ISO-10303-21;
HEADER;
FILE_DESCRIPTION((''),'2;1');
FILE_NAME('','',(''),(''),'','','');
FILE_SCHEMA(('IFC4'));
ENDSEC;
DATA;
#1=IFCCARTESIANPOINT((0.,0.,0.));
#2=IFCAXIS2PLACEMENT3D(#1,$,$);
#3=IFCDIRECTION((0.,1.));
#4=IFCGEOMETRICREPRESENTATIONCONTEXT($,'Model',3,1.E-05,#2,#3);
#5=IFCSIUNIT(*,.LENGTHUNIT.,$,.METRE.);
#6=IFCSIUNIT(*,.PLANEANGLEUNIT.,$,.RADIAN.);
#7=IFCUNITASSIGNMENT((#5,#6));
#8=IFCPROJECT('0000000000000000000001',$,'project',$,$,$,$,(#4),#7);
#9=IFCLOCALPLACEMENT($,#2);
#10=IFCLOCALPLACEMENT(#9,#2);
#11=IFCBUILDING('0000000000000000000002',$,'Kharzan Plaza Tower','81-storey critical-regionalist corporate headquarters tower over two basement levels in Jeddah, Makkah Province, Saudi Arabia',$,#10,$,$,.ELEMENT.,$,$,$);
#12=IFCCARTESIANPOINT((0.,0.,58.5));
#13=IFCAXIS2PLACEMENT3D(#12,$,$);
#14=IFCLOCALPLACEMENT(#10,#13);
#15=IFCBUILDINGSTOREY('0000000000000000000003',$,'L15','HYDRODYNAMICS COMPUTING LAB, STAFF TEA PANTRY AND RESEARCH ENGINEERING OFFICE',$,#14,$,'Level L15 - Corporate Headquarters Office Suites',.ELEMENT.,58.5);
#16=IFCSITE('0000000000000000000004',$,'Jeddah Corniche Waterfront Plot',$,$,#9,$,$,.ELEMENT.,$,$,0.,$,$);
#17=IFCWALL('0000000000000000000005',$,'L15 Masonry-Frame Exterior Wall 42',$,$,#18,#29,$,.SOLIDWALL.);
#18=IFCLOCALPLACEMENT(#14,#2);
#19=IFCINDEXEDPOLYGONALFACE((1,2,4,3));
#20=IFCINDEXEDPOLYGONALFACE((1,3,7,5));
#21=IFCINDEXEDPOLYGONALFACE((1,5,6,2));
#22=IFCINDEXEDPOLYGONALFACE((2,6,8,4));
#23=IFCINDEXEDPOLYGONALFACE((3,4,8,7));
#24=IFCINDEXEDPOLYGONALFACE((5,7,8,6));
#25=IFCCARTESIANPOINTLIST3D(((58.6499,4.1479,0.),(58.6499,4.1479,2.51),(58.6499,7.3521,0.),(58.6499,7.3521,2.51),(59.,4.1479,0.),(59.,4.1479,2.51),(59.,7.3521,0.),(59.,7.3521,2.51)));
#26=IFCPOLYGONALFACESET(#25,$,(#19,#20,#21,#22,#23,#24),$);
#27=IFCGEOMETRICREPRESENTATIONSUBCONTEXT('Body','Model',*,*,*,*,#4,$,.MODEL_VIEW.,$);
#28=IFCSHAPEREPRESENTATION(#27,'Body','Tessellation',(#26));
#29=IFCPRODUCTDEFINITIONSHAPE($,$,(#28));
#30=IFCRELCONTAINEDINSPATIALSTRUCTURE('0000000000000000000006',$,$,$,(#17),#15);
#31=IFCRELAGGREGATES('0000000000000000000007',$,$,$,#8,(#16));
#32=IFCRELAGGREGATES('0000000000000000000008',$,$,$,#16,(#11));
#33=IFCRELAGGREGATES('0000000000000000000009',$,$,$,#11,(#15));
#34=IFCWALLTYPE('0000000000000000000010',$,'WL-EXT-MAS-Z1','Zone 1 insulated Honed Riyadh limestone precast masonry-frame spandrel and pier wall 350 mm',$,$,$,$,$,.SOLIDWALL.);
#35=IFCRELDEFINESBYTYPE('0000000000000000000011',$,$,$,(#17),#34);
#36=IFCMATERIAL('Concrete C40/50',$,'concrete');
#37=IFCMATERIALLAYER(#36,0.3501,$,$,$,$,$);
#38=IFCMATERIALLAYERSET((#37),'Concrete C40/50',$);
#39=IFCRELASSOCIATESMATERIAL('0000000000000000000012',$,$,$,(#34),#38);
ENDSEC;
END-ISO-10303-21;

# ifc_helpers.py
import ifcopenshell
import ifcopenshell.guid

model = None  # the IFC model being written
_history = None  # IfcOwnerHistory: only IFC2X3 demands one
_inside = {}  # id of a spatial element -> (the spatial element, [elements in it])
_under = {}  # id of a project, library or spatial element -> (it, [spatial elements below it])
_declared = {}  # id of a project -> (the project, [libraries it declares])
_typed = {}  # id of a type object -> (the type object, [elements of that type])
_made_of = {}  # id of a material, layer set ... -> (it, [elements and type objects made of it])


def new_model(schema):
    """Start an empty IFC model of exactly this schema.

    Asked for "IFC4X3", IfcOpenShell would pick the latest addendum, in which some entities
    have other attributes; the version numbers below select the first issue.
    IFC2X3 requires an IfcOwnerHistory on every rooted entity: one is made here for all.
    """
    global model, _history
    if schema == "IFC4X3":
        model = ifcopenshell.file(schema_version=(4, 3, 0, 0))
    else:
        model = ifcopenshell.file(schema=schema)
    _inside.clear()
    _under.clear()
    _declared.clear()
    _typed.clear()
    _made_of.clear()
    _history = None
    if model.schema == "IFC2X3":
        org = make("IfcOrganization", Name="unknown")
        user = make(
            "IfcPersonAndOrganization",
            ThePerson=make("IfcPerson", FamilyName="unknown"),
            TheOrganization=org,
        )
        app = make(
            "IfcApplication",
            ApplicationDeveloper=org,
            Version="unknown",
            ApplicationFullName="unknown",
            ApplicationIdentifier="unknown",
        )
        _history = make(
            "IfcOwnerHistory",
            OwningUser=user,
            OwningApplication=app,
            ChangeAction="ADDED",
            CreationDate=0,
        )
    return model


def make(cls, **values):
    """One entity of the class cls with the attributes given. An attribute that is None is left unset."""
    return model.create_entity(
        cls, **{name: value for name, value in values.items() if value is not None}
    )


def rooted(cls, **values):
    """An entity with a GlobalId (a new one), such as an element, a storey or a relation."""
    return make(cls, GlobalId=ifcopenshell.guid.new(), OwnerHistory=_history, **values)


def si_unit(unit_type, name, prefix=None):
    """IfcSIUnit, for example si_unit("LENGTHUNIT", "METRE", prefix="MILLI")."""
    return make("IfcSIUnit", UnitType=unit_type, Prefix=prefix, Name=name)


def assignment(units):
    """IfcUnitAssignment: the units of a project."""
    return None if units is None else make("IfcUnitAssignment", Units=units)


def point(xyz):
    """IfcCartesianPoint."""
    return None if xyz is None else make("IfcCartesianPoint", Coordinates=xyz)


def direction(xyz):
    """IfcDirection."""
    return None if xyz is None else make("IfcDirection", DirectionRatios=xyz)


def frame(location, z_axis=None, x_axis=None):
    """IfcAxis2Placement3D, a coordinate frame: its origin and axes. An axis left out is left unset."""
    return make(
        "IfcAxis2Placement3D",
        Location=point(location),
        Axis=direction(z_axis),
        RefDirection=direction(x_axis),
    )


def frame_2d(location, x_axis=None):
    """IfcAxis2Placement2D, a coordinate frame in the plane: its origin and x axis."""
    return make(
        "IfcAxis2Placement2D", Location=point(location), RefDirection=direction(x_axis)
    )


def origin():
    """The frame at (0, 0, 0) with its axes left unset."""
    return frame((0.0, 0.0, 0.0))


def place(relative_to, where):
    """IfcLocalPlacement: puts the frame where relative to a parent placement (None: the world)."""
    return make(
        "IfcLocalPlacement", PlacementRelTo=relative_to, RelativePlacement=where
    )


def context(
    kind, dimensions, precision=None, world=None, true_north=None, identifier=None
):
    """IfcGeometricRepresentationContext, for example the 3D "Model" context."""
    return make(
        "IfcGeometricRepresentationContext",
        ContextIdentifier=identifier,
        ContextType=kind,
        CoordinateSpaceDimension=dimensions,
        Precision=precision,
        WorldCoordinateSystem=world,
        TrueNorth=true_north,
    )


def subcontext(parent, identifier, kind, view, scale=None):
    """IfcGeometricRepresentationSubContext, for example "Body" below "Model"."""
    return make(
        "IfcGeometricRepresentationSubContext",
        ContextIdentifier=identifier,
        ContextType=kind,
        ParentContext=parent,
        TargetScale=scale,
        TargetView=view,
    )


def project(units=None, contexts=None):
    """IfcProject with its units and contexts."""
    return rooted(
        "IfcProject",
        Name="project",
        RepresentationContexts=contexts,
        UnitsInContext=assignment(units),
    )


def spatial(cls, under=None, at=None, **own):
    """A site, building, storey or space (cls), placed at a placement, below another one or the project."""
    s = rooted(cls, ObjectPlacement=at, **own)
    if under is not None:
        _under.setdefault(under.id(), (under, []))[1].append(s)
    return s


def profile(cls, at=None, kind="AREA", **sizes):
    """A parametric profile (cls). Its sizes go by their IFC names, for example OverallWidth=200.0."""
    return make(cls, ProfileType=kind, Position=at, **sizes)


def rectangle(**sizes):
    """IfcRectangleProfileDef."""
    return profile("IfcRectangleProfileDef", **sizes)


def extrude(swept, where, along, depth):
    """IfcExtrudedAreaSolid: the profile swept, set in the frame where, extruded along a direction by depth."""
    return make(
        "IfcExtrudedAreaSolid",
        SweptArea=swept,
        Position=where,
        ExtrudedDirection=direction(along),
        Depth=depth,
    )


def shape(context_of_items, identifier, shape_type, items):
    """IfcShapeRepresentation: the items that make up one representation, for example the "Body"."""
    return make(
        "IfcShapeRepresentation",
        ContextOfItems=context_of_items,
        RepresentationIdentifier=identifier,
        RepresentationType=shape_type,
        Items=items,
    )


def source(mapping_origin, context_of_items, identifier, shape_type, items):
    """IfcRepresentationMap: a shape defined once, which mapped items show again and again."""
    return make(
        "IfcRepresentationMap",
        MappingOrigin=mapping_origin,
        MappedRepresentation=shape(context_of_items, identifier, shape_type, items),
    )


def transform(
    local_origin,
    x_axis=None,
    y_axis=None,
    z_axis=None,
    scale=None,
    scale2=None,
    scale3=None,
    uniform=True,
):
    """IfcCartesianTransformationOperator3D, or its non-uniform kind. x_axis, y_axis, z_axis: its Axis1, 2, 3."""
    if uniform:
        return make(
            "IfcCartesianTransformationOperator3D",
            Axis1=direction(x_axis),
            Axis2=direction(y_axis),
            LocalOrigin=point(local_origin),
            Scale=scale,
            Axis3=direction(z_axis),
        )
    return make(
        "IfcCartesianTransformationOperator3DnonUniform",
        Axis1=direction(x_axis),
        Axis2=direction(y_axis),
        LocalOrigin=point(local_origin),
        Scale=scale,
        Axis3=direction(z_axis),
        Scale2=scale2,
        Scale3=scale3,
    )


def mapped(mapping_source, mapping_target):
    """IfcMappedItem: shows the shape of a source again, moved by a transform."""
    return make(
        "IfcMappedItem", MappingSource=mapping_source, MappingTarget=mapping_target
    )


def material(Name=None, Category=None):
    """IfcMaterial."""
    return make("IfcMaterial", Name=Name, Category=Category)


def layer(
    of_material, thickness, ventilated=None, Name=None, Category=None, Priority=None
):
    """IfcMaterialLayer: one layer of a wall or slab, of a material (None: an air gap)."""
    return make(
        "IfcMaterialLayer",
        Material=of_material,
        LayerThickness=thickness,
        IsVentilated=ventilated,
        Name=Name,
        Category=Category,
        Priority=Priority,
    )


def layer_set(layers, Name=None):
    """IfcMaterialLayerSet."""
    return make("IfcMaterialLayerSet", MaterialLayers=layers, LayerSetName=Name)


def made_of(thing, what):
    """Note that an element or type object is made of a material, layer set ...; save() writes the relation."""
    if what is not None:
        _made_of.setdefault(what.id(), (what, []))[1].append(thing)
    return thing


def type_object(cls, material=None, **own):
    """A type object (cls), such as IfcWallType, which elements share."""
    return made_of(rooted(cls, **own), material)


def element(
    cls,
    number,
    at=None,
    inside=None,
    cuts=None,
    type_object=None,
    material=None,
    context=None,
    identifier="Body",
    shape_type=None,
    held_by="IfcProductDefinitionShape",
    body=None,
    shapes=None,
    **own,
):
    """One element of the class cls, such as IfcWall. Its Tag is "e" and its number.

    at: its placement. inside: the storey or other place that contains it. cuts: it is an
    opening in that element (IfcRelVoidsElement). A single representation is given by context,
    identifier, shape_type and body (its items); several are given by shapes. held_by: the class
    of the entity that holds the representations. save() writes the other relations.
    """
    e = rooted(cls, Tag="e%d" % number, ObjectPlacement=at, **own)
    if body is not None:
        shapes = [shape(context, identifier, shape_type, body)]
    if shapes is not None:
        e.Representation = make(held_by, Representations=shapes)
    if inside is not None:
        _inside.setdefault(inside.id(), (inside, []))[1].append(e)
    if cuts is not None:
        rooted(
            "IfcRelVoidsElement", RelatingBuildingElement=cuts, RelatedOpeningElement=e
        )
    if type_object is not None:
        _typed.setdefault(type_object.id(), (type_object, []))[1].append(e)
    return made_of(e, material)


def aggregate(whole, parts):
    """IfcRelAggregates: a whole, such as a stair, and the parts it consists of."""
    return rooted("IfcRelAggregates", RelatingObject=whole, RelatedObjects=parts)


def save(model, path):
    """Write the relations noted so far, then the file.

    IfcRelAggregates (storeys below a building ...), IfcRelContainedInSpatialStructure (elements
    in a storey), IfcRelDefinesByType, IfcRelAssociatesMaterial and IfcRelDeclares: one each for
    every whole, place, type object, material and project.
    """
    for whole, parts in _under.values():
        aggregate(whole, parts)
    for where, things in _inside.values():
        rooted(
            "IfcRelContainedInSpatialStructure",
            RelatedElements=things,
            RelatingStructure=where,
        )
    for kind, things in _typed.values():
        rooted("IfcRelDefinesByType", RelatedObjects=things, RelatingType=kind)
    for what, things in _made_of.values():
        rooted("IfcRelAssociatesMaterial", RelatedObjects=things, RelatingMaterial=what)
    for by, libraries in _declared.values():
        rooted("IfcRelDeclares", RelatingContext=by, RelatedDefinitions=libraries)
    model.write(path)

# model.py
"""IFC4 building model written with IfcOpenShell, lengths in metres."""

from ifc_helpers import new_model, si_unit, direction, frame, frame_2d, origin, place, context, subcontext, project, spatial, rectangle, extrude, source, transform, mapped, material, layer, layer_set, type_object, element, save


model = new_model("IFC4")

# Units and contexts
model_context = context("Model", 3, precision=1e-05, world=origin(), true_north=direction((0.0, 1.0)))
body_context = subcontext(model_context, "Body", "Model", "MODEL_VIEW")
ifc_project = project(units=[si_unit("LENGTHUNIT", "METRE"), si_unit("PLANEANGLEUNIT", "RADIAN")], contexts=[model_context])

# Site, building, storey
site_placement = place(None, origin())
site = spatial("IfcSite", under=ifc_project, at=site_placement, Name="Jeddah Corniche Waterfront Plot", CompositionType="ELEMENT", RefElevation=0.0)
building_placement = place(site_placement, origin())
building = spatial("IfcBuilding", under=site, at=building_placement, Name="Kharzan Plaza Tower", Description="81-storey critical-regionalist corporate headquarters tower over two basement levels in Jeddah, Makkah Province, Saudi Arabia", CompositionType="ELEMENT")
storey_placement = place(building_placement, frame((0.0, 0.0, 58.5)))
storey = spatial("IfcBuildingStorey", under=building, at=storey_placement, Name="L15", Description="HYDRODYNAMICS COMPUTING LAB, STAFF TEA PANTRY AND RESEARCH ENGINEERING OFFICE", LongName="Level L15 - Corporate Headquarters Office Suites", CompositionType="ELEMENT", Elevation=58.5)

# Shared definitions
ifc_material_1 = material(Name="Concrete C40/50", Category="concrete")
ifc_layer = layer(ifc_material_1, 0.3501)
ifc_layer_set = layer_set([ifc_layer], Name="Concrete C40/50")
wall_type = type_object("IfcWallType", Name="WL-EXT-MAS-Z1", Description="Zone 1 insulated Honed Riyadh limestone precast masonry-frame spandrel and pier wall 350 mm", PredefinedType="SOLIDWALL", material=ifc_layer_set)

# Wall
shared_shape_1 = source(origin(), body_context, "Body", "SweptSolid", [
    extrude(rectangle(XDim=3.2041, YDim=0.3501, at=frame_2d((1.6021, 0.0))), origin(), (0.0, 0.0, 1.0), 2.51),
])
wall_1_placement = place(storey_placement, frame((58.825, 4.1479, 0.0), z_axis=(0.0, 0.0, 1.0), x_axis=(0.0, 1.0, 0.0)))
element("IfcWall", 1, at=wall_1_placement, inside=storey, type_object=wall_type, Name="L15 Masonry-Frame Exterior Wall 42", PredefinedType="SOLIDWALL", context=body_context, shape_type="MappedRepresentation", body=[
    mapped(shared_shape_1, transform((0.0, 0.0, 0.0), x_axis=(1.0, 0.0, 0.0), y_axis=(0.0, 1.0, 0.0), z_axis=(0.0, 0.0, 1.0))),
])

save(model, "model.ifc")
